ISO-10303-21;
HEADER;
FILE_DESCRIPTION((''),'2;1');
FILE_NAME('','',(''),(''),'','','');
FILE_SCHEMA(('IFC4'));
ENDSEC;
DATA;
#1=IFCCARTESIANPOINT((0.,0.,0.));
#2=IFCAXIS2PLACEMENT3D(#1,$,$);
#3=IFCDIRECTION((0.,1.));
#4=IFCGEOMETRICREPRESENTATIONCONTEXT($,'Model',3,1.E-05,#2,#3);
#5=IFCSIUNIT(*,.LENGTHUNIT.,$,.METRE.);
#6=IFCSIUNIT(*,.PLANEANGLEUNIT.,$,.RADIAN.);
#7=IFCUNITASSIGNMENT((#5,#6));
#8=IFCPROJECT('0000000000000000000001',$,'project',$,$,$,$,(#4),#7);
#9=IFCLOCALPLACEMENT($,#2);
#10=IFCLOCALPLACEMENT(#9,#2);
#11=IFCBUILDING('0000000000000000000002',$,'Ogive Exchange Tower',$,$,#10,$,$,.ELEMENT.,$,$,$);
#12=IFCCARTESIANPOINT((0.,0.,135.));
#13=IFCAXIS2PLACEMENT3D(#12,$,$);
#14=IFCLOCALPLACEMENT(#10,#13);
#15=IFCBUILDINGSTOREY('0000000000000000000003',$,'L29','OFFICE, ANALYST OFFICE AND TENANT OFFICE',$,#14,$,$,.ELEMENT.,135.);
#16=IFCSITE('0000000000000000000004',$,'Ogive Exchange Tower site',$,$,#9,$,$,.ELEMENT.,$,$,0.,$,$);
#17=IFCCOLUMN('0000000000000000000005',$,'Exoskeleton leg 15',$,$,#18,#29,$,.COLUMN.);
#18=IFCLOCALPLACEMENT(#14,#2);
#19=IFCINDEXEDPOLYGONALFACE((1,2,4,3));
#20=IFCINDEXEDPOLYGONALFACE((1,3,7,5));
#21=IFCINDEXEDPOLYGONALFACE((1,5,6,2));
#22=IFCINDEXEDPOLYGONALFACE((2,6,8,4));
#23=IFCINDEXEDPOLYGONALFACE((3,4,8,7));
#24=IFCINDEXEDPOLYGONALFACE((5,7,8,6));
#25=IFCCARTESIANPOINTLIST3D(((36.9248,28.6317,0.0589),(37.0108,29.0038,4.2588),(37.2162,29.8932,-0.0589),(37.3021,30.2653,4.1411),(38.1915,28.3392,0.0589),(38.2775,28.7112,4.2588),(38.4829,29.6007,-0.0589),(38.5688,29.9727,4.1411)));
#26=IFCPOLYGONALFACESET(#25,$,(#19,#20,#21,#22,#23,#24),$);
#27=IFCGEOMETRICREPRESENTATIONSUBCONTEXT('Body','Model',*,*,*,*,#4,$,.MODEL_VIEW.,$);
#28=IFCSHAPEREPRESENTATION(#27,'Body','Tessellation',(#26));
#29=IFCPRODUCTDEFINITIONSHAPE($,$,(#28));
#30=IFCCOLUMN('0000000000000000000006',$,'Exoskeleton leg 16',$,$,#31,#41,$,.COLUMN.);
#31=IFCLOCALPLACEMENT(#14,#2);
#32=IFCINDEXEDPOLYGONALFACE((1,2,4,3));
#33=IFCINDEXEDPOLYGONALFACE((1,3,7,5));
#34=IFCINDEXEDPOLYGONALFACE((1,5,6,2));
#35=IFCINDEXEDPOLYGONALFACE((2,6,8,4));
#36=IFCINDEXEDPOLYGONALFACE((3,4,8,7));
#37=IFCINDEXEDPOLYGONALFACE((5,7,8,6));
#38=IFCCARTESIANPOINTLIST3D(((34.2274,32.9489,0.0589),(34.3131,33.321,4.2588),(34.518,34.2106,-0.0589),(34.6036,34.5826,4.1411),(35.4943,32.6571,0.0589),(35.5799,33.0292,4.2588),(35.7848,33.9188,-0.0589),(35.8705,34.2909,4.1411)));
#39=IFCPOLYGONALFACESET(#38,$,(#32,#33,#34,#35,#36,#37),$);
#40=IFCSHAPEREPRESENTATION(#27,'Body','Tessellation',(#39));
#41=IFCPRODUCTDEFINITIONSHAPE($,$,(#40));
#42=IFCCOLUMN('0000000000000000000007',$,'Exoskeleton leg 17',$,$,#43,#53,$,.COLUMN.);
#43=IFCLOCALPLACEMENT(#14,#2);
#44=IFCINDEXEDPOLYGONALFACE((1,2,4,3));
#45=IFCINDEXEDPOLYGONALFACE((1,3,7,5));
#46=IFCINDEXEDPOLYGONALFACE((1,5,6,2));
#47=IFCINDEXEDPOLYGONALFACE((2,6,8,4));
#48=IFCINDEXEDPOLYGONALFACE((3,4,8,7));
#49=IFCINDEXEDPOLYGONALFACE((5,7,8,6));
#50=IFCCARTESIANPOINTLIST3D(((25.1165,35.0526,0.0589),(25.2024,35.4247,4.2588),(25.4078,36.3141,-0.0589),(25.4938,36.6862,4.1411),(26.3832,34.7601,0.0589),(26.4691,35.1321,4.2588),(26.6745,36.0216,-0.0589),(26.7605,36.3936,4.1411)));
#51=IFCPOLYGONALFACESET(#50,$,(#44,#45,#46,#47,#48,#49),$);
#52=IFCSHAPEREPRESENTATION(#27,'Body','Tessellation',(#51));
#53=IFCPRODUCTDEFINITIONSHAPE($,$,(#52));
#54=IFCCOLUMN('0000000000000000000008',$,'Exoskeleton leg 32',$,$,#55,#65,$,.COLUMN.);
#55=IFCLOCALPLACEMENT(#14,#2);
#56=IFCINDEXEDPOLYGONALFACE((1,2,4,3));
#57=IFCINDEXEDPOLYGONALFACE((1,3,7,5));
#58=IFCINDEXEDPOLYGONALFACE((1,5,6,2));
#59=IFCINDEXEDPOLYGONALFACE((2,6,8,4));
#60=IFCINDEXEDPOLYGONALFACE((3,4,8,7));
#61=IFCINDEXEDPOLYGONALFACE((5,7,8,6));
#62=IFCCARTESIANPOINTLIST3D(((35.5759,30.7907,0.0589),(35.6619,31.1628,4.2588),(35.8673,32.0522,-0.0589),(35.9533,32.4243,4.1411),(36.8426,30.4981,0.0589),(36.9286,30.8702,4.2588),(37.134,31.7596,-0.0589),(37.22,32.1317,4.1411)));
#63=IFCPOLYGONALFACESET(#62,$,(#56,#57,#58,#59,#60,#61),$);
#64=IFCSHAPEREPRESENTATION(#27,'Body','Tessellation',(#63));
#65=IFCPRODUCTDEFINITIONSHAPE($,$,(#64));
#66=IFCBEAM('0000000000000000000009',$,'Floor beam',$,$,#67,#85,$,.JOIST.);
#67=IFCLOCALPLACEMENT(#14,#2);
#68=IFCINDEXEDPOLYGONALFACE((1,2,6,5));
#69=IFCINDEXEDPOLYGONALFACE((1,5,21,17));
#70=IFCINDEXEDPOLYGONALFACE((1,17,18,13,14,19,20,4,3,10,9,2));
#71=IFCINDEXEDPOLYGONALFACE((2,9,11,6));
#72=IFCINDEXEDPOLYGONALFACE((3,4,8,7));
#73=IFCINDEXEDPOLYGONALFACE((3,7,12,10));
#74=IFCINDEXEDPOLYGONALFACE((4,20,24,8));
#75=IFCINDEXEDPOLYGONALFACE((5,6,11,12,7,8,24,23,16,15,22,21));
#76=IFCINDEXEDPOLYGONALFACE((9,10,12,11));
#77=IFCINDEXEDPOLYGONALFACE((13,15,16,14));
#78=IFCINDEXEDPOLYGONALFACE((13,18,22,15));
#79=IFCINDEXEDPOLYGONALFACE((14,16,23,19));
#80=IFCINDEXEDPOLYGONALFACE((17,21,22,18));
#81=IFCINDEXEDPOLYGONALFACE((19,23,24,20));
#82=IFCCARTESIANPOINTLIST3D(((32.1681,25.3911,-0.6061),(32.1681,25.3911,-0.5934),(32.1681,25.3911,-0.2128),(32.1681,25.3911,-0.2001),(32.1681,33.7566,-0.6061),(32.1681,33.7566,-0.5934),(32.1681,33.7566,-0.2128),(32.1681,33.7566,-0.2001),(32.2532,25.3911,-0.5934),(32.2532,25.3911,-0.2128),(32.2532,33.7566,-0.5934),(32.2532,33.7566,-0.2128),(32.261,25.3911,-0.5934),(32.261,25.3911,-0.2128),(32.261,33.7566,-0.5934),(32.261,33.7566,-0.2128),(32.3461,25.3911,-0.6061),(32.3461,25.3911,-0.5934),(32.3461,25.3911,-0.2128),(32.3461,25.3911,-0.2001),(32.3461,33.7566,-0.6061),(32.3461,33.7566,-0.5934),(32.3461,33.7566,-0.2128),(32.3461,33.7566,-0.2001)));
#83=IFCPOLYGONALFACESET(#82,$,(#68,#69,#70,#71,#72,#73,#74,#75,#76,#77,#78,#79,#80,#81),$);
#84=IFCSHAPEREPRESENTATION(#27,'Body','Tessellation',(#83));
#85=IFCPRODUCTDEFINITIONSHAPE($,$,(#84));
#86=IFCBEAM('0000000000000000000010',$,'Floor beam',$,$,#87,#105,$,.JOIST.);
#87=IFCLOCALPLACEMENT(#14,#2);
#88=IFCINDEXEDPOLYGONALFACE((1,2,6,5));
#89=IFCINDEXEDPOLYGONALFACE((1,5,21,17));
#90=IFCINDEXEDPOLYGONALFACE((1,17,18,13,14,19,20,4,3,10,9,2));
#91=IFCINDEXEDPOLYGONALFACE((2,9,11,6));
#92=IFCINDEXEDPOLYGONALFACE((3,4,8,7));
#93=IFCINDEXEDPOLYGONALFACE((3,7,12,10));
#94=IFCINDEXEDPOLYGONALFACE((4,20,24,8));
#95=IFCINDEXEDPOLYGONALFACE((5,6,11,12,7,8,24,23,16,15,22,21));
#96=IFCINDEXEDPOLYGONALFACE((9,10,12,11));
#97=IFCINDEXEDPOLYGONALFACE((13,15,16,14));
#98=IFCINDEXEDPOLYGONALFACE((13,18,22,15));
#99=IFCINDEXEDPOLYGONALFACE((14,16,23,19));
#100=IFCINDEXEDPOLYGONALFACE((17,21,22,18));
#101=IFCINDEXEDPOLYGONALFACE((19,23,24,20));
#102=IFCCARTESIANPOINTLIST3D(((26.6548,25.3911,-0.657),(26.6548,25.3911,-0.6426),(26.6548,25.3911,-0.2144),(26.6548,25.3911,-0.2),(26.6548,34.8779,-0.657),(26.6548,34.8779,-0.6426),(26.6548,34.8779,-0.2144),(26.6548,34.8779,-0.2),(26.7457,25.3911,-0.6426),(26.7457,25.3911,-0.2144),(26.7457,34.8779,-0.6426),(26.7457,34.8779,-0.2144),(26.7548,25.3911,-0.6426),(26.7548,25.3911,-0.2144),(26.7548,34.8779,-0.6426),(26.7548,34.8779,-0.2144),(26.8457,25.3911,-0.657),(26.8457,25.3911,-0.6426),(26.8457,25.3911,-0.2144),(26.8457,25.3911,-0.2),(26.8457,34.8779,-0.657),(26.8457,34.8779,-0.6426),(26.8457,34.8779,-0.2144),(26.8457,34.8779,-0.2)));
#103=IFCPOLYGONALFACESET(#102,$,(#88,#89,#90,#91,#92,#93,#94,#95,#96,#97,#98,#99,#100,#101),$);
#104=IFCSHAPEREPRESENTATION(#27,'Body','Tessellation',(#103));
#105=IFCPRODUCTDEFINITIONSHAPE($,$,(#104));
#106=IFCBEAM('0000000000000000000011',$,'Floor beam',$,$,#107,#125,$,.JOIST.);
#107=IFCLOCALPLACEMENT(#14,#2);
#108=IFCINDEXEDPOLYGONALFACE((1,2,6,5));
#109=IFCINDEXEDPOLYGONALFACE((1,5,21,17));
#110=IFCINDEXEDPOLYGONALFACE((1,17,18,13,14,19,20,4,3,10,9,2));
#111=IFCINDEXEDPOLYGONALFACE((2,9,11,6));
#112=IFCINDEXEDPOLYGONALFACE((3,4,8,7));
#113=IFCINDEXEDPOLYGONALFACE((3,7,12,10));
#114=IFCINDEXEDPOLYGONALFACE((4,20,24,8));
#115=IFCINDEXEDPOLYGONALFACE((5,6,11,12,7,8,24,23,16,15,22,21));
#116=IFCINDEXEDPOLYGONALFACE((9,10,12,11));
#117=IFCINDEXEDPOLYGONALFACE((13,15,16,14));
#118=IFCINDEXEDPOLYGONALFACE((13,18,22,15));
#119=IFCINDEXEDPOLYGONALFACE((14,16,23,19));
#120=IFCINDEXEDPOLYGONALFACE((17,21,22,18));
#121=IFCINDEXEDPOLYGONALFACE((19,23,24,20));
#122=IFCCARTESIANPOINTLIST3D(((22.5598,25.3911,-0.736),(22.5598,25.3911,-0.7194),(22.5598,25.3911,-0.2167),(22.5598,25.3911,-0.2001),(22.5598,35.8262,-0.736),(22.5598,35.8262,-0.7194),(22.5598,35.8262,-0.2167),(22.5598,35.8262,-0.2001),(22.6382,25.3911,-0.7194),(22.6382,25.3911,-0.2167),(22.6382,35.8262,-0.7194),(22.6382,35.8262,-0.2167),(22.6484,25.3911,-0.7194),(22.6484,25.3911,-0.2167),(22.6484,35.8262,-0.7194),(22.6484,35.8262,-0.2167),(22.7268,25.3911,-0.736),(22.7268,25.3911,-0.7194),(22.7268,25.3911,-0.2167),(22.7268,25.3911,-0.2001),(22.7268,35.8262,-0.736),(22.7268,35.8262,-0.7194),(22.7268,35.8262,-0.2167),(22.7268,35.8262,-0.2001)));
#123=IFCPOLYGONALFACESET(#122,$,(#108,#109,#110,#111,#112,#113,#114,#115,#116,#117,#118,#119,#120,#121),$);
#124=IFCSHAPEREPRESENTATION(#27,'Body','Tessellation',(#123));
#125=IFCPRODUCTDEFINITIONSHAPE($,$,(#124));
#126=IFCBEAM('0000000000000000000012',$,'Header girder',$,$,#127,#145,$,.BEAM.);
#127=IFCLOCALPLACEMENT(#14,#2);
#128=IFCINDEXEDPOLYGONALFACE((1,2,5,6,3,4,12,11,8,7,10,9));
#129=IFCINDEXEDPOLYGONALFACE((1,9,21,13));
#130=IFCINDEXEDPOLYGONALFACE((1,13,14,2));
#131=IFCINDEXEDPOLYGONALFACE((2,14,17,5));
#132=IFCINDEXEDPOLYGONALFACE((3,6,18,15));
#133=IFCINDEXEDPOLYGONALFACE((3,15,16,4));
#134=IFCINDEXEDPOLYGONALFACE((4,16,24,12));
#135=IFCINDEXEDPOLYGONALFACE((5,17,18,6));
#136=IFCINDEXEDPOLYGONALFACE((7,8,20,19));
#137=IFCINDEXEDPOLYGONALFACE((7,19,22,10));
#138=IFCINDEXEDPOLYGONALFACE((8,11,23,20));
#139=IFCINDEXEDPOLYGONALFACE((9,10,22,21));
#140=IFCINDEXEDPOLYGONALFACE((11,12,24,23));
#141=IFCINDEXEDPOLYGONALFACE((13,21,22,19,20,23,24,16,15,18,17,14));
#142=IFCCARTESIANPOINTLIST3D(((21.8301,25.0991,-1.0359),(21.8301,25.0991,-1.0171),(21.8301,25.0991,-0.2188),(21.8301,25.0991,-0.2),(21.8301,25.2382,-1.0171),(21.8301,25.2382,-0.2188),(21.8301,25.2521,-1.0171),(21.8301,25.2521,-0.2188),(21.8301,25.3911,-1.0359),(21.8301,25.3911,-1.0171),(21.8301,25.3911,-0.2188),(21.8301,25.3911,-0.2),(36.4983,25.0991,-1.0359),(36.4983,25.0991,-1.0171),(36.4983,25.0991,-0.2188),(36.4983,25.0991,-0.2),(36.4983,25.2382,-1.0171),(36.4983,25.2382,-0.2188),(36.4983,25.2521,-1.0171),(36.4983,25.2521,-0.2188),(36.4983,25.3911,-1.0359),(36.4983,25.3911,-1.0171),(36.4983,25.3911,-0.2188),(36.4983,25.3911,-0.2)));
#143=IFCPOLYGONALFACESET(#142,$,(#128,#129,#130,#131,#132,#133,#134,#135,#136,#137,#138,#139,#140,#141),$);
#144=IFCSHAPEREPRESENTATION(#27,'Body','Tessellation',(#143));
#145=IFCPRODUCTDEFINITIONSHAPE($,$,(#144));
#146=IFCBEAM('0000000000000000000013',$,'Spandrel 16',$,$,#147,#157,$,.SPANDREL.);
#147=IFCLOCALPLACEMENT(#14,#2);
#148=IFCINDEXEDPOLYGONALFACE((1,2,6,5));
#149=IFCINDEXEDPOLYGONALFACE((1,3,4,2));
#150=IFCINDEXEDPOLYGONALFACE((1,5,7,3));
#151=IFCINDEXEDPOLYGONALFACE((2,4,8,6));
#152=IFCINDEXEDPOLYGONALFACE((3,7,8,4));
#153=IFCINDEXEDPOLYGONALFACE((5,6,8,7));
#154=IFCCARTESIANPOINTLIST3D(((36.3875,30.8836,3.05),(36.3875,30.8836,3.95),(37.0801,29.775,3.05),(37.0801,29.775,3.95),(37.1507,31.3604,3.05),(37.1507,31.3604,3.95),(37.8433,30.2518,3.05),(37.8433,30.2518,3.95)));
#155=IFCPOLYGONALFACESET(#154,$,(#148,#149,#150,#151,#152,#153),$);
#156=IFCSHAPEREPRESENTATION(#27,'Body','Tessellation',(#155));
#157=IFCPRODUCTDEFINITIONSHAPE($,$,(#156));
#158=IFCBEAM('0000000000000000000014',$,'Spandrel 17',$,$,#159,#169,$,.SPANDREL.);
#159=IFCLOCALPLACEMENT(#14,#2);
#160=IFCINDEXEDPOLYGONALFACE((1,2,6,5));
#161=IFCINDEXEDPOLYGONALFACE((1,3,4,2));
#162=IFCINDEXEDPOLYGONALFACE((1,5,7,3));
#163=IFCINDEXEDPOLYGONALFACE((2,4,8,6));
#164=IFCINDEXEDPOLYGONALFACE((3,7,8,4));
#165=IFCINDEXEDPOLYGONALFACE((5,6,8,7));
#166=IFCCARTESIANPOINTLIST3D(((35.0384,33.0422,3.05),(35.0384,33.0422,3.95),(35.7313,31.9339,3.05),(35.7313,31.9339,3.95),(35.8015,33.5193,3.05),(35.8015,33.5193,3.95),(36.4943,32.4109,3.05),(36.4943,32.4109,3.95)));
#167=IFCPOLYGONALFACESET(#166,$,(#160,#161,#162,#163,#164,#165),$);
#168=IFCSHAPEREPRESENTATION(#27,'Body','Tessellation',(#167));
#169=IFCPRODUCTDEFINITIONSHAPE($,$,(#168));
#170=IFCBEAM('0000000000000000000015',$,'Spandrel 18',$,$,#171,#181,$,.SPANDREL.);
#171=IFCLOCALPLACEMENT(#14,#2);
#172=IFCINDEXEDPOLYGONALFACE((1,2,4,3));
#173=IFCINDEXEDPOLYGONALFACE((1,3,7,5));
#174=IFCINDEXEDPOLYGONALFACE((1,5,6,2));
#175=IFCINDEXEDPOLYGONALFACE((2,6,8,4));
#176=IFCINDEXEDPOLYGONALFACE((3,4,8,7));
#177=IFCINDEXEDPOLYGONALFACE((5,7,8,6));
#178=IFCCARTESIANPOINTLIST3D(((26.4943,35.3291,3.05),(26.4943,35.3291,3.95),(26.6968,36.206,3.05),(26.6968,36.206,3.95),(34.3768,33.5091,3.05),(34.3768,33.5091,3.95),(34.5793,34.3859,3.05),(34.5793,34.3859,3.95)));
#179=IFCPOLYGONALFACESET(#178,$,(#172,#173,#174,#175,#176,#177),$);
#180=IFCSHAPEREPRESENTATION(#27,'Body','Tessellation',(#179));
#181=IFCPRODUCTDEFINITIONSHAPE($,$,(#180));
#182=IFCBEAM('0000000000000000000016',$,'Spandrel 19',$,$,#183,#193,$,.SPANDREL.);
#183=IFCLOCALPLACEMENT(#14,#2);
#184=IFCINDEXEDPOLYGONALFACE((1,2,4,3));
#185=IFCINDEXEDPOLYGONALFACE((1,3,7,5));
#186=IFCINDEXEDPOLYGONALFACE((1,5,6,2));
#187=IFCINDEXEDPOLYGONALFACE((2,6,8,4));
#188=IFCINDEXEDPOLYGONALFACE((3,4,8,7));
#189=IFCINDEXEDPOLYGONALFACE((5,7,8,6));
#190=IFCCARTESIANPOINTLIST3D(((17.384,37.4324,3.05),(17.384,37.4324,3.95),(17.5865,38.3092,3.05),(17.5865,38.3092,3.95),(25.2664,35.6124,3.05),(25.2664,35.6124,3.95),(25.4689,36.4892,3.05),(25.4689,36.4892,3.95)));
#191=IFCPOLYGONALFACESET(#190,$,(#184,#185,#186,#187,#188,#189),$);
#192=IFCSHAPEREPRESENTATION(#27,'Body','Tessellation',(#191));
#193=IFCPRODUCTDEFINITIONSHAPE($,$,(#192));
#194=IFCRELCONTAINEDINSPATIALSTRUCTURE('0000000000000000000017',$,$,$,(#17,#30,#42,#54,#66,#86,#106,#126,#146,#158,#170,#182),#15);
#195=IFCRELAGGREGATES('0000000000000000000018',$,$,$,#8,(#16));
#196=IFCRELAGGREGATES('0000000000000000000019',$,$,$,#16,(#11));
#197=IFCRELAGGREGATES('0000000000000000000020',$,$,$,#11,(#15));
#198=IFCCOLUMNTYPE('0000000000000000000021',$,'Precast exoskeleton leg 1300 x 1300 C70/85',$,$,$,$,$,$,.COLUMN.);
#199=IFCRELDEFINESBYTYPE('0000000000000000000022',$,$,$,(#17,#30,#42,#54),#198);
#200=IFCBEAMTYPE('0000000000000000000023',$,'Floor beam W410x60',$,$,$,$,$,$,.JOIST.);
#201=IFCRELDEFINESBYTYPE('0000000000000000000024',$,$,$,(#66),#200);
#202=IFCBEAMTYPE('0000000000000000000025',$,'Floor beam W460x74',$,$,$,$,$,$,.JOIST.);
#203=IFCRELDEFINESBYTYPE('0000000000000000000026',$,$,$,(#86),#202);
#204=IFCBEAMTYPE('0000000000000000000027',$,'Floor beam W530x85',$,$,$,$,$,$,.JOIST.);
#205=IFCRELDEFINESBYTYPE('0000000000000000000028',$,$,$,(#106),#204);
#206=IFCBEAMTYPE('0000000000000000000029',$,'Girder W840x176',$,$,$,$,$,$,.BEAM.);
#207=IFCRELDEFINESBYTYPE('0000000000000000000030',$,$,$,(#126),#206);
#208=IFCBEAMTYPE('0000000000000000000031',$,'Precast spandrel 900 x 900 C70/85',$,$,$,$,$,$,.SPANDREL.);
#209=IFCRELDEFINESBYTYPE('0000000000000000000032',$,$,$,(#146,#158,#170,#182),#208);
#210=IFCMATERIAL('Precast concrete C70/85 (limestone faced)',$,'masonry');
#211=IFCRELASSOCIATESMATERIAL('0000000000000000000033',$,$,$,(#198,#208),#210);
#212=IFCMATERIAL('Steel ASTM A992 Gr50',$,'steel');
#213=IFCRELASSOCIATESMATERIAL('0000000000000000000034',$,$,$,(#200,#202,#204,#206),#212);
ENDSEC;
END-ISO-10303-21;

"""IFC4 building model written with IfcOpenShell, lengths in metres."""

from ifc_helpers import new_model, si_unit, direction, frame, origin, origin_2d, place, context, subcontext, project, spatial, rectangle, i_section, extrude, material, material_profile, profile_set, type_object, element, save


model = new_model("IFC4")

# Units and contexts
model_context = context("Model", 3, precision=1e-05, world=origin(), true_north=direction((0.0, 1.0)))
body_context = subcontext(model_context, "Body", "Model", "MODEL_VIEW")
ifc_project = project(units=[si_unit("LENGTHUNIT", "METRE"), si_unit("PLANEANGLEUNIT", "RADIAN")], contexts=[model_context])

# Site, building, storey
site_placement = place(None, origin())
site = spatial("IfcSite", under=ifc_project, at=site_placement, Name="Ogive Exchange Tower site", CompositionType="ELEMENT", RefElevation=0.0)
building_placement = place(site_placement, origin())
building = spatial("IfcBuilding", under=site, at=building_placement, Name="Ogive Exchange Tower", CompositionType="ELEMENT")
storey_placement = place(building_placement, frame((0.0, 0.0, 135.0)))
storey = spatial("IfcBuildingStorey", under=building, at=storey_placement, Name="L29", Description="OFFICE, ANALYST OFFICE AND TENANT OFFICE", CompositionType="ELEMENT", Elevation=135.0)

# Columns
ifc_material_1 = material(Name="Precast concrete C70/85 (limestone faced)", Category="masonry")
ifc_material_profile_1 = material_profile(ifc_material_1, rectangle(XDim=1.3, YDim=1.3, at=origin_2d()), Name="1300 x 1300")
ifc_profile_set_1 = profile_set([ifc_material_profile_1], Name="Precast concrete C70/85 (limestone faced)")
column_type = type_object("IfcColumnType", Name="Precast exoskeleton leg 1300 x 1300 C70/85", PredefinedType="COLUMN", material=ifc_profile_set_1)
for number, where, z_axis, x_axis, name in (
    (1, (37.7039, 29.1162, 0.0), (0.020377, 0.088225, 0.995892), (-0.974348, 0.225046, 0.0), "Exoskeleton leg 15"),
    (2, (35.0061, 33.4338, 0.0), (0.02032, 0.088225, 0.995893), (-0.974488, 0.224439, 0.0), "Exoskeleton leg 16"),
    (3, (25.8955, 35.5371, 0.0), (0.020377, 0.088225, 0.995892), (-0.974348, 0.225046, 0.0), "Exoskeleton leg 17"),
    (4, (36.355, 31.2751, 0.0), (0.020377, 0.088225, 0.995892), (-0.974348, 0.225046, 0.0), "Exoskeleton leg 32"),
):
    element("IfcColumn", number, at=place(storey_placement, frame(where, z_axis=z_axis, x_axis=x_axis)), inside=storey, type_object=column_type, Name=name, PredefinedType="COLUMN", context=body_context, shape_type="SweptSolid", body=[
        extrude(rectangle(XDim=1.3, YDim=1.3, at=origin_2d()), origin(), (0.0, 0.0, 1.0), 4.2173),
    ])

# Beams
ifc_material_2 = material(Name="Steel ASTM A992 Gr50", Category="steel")
ifc_material_profile_2 = material_profile(ifc_material_2, i_section(OverallWidth=0.178, OverallDepth=0.406, WebThickness=0.0078, FlangeThickness=0.0127, at=origin_2d()), Name="W410x60")
ifc_profile_set_2 = profile_set([ifc_material_profile_2], Name="Steel ASTM A992 Gr50")
beam_type_1 = type_object("IfcBeamType", Name="Floor beam W410x60", PredefinedType="JOIST", material=ifc_profile_set_2)
beam_1_placement = place(storey_placement, frame((32.2571, 25.3911, -0.4031), z_axis=(0.0, 1.0, 0.0), x_axis=(-1.0, 0.0, 0.0)))
element("IfcBeam", 5, at=beam_1_placement, inside=storey, type_object=beam_type_1, Name="Floor beam", PredefinedType="JOIST", context=body_context, shape_type="SweptSolid", body=[
    extrude(i_section(OverallWidth=0.178, OverallDepth=0.406, WebThickness=0.0078, FlangeThickness=0.0127, at=origin_2d()), origin(), (0.0, 0.0, 1.0), 8.3655),
])
ifc_material_profile_3 = material_profile(ifc_material_2, i_section(OverallWidth=0.1909, OverallDepth=0.457, WebThickness=0.009, FlangeThickness=0.0144, at=origin_2d()), Name="W460x74")
ifc_profile_set_3 = profile_set([ifc_material_profile_3], Name="Steel ASTM A992 Gr50")
beam_type_2 = type_object("IfcBeamType", Name="Floor beam W460x74", PredefinedType="JOIST", material=ifc_profile_set_3)
beam_2_placement = place(storey_placement, frame((26.7502, 25.3911, -0.4285), z_axis=(0.0, 1.0, 0.0), x_axis=(-1.0, 0.0, 0.0)))
element("IfcBeam", 6, at=beam_2_placement, inside=storey, type_object=beam_type_2, Name="Floor beam", PredefinedType="JOIST", context=body_context, shape_type="SweptSolid", body=[
    extrude(i_section(OverallWidth=0.1909, OverallDepth=0.457, WebThickness=0.009, FlangeThickness=0.0144, at=origin_2d()), origin(), (0.0, 0.0, 1.0), 9.4868),
])
ifc_material_profile_4 = material_profile(ifc_material_2, i_section(OverallWidth=0.167, OverallDepth=0.5359, WebThickness=0.0103, FlangeThickness=0.0166, at=origin_2d()), Name="W530x85")
ifc_profile_set_4 = profile_set([ifc_material_profile_4], Name="Steel ASTM A992 Gr50")
beam_type_3 = type_object("IfcBeamType", Name="Floor beam W530x85", PredefinedType="JOIST", material=ifc_profile_set_4)
beam_3_placement = place(storey_placement, frame((22.6433, 25.3911, -0.468), z_axis=(0.0, 1.0, 0.0), x_axis=(-1.0, 0.0, 0.0)))
element("IfcBeam", 7, at=beam_3_placement, inside=storey, type_object=beam_type_3, Name="Floor beam", PredefinedType="JOIST", context=body_context, shape_type="SweptSolid", body=[
    extrude(i_section(OverallWidth=0.167, OverallDepth=0.5359, WebThickness=0.0103, FlangeThickness=0.0166, at=origin_2d()), origin(), (0.0, 0.0, 1.0), 10.4351),
])
ifc_material_profile_5 = material_profile(ifc_material_2, i_section(OverallWidth=0.292, OverallDepth=0.8359, WebThickness=0.0139, FlangeThickness=0.0188, at=origin_2d()), Name="W840x176")
ifc_profile_set_5 = profile_set([ifc_material_profile_5], Name="Steel ASTM A992 Gr50")
beam_type_4 = type_object("IfcBeamType", Name="Girder W840x176", PredefinedType="BEAM", material=ifc_profile_set_5)
beam_4_placement = place(storey_placement, frame((21.8301, 25.2451, -0.6179), z_axis=(1.0, 0.0, 0.0), x_axis=(0.0, 1.0, 0.0)))
element("IfcBeam", 8, at=beam_4_placement, inside=storey, type_object=beam_type_4, Name="Header girder", PredefinedType="BEAM", context=body_context, shape_type="SweptSolid", body=[
    extrude(i_section(OverallWidth=0.292, OverallDepth=0.8359, WebThickness=0.0139, FlangeThickness=0.0188, at=origin_2d()), origin(), (0.0, 0.0, 1.0), 14.6682),
])
ifc_material_profile_6 = material_profile(ifc_material_1, rectangle(XDim=0.8999, YDim=0.8999, at=origin_2d()), Name="900 x 900")
ifc_profile_set_6 = profile_set([ifc_material_profile_6], Name="Precast concrete C70/85 (limestone faced)")
beam_type_5 = type_object("IfcBeamType", Name="Precast spandrel 900 x 900 C70/85", PredefinedType="SPANDREL", material=ifc_profile_set_6)
for number, where, z_axis, x_axis, name in (
    (9, (37.4617, 30.0134, 3.5), (-0.529848, 0.848093, 0.0), (-0.848093, -0.529848, 0.0), "Spandrel 16"),
    (10, (36.1128, 32.1724, 3.5), (-0.530066, 0.847956, 0.0), (-0.847956, -0.530066, 0.0), "Spandrel 17"),
):
    element("IfcBeam", number, at=place(storey_placement, frame(where, z_axis=z_axis, x_axis=x_axis)), inside=storey, type_object=beam_type_5, Name=name, PredefinedType="SPANDREL", context=body_context, shape_type="SweptSolid", body=[
        extrude(rectangle(XDim=0.8999, YDim=0.8999, at=origin_2d()), origin(), (0.0, 0.0, 1.0), 1.3071),
    ])
for number, where, z_axis, x_axis, name in (
    (11, (34.478, 33.9475, 3.5), (-0.974364, 0.224979, 0.0), (-0.224979, -0.974364, 0.0), "Spandrel 18"),
    (12, (25.3677, 36.0508, 3.5), (-0.974364, 0.224979, 0.0), (-0.224979, -0.974364, 0.0), "Spandrel 19"),
):
    element("IfcBeam", number, at=place(storey_placement, frame(where, z_axis=z_axis, x_axis=x_axis)), inside=storey, type_object=beam_type_5, Name=name, PredefinedType="SPANDREL", context=body_context, shape_type="SweptSolid", body=[
        extrude(rectangle(XDim=0.8999, YDim=0.8999, at=origin_2d()), origin(), (0.0, 0.0, 1.0), 8.0898),
    ])

save(model, "model.ifc")
